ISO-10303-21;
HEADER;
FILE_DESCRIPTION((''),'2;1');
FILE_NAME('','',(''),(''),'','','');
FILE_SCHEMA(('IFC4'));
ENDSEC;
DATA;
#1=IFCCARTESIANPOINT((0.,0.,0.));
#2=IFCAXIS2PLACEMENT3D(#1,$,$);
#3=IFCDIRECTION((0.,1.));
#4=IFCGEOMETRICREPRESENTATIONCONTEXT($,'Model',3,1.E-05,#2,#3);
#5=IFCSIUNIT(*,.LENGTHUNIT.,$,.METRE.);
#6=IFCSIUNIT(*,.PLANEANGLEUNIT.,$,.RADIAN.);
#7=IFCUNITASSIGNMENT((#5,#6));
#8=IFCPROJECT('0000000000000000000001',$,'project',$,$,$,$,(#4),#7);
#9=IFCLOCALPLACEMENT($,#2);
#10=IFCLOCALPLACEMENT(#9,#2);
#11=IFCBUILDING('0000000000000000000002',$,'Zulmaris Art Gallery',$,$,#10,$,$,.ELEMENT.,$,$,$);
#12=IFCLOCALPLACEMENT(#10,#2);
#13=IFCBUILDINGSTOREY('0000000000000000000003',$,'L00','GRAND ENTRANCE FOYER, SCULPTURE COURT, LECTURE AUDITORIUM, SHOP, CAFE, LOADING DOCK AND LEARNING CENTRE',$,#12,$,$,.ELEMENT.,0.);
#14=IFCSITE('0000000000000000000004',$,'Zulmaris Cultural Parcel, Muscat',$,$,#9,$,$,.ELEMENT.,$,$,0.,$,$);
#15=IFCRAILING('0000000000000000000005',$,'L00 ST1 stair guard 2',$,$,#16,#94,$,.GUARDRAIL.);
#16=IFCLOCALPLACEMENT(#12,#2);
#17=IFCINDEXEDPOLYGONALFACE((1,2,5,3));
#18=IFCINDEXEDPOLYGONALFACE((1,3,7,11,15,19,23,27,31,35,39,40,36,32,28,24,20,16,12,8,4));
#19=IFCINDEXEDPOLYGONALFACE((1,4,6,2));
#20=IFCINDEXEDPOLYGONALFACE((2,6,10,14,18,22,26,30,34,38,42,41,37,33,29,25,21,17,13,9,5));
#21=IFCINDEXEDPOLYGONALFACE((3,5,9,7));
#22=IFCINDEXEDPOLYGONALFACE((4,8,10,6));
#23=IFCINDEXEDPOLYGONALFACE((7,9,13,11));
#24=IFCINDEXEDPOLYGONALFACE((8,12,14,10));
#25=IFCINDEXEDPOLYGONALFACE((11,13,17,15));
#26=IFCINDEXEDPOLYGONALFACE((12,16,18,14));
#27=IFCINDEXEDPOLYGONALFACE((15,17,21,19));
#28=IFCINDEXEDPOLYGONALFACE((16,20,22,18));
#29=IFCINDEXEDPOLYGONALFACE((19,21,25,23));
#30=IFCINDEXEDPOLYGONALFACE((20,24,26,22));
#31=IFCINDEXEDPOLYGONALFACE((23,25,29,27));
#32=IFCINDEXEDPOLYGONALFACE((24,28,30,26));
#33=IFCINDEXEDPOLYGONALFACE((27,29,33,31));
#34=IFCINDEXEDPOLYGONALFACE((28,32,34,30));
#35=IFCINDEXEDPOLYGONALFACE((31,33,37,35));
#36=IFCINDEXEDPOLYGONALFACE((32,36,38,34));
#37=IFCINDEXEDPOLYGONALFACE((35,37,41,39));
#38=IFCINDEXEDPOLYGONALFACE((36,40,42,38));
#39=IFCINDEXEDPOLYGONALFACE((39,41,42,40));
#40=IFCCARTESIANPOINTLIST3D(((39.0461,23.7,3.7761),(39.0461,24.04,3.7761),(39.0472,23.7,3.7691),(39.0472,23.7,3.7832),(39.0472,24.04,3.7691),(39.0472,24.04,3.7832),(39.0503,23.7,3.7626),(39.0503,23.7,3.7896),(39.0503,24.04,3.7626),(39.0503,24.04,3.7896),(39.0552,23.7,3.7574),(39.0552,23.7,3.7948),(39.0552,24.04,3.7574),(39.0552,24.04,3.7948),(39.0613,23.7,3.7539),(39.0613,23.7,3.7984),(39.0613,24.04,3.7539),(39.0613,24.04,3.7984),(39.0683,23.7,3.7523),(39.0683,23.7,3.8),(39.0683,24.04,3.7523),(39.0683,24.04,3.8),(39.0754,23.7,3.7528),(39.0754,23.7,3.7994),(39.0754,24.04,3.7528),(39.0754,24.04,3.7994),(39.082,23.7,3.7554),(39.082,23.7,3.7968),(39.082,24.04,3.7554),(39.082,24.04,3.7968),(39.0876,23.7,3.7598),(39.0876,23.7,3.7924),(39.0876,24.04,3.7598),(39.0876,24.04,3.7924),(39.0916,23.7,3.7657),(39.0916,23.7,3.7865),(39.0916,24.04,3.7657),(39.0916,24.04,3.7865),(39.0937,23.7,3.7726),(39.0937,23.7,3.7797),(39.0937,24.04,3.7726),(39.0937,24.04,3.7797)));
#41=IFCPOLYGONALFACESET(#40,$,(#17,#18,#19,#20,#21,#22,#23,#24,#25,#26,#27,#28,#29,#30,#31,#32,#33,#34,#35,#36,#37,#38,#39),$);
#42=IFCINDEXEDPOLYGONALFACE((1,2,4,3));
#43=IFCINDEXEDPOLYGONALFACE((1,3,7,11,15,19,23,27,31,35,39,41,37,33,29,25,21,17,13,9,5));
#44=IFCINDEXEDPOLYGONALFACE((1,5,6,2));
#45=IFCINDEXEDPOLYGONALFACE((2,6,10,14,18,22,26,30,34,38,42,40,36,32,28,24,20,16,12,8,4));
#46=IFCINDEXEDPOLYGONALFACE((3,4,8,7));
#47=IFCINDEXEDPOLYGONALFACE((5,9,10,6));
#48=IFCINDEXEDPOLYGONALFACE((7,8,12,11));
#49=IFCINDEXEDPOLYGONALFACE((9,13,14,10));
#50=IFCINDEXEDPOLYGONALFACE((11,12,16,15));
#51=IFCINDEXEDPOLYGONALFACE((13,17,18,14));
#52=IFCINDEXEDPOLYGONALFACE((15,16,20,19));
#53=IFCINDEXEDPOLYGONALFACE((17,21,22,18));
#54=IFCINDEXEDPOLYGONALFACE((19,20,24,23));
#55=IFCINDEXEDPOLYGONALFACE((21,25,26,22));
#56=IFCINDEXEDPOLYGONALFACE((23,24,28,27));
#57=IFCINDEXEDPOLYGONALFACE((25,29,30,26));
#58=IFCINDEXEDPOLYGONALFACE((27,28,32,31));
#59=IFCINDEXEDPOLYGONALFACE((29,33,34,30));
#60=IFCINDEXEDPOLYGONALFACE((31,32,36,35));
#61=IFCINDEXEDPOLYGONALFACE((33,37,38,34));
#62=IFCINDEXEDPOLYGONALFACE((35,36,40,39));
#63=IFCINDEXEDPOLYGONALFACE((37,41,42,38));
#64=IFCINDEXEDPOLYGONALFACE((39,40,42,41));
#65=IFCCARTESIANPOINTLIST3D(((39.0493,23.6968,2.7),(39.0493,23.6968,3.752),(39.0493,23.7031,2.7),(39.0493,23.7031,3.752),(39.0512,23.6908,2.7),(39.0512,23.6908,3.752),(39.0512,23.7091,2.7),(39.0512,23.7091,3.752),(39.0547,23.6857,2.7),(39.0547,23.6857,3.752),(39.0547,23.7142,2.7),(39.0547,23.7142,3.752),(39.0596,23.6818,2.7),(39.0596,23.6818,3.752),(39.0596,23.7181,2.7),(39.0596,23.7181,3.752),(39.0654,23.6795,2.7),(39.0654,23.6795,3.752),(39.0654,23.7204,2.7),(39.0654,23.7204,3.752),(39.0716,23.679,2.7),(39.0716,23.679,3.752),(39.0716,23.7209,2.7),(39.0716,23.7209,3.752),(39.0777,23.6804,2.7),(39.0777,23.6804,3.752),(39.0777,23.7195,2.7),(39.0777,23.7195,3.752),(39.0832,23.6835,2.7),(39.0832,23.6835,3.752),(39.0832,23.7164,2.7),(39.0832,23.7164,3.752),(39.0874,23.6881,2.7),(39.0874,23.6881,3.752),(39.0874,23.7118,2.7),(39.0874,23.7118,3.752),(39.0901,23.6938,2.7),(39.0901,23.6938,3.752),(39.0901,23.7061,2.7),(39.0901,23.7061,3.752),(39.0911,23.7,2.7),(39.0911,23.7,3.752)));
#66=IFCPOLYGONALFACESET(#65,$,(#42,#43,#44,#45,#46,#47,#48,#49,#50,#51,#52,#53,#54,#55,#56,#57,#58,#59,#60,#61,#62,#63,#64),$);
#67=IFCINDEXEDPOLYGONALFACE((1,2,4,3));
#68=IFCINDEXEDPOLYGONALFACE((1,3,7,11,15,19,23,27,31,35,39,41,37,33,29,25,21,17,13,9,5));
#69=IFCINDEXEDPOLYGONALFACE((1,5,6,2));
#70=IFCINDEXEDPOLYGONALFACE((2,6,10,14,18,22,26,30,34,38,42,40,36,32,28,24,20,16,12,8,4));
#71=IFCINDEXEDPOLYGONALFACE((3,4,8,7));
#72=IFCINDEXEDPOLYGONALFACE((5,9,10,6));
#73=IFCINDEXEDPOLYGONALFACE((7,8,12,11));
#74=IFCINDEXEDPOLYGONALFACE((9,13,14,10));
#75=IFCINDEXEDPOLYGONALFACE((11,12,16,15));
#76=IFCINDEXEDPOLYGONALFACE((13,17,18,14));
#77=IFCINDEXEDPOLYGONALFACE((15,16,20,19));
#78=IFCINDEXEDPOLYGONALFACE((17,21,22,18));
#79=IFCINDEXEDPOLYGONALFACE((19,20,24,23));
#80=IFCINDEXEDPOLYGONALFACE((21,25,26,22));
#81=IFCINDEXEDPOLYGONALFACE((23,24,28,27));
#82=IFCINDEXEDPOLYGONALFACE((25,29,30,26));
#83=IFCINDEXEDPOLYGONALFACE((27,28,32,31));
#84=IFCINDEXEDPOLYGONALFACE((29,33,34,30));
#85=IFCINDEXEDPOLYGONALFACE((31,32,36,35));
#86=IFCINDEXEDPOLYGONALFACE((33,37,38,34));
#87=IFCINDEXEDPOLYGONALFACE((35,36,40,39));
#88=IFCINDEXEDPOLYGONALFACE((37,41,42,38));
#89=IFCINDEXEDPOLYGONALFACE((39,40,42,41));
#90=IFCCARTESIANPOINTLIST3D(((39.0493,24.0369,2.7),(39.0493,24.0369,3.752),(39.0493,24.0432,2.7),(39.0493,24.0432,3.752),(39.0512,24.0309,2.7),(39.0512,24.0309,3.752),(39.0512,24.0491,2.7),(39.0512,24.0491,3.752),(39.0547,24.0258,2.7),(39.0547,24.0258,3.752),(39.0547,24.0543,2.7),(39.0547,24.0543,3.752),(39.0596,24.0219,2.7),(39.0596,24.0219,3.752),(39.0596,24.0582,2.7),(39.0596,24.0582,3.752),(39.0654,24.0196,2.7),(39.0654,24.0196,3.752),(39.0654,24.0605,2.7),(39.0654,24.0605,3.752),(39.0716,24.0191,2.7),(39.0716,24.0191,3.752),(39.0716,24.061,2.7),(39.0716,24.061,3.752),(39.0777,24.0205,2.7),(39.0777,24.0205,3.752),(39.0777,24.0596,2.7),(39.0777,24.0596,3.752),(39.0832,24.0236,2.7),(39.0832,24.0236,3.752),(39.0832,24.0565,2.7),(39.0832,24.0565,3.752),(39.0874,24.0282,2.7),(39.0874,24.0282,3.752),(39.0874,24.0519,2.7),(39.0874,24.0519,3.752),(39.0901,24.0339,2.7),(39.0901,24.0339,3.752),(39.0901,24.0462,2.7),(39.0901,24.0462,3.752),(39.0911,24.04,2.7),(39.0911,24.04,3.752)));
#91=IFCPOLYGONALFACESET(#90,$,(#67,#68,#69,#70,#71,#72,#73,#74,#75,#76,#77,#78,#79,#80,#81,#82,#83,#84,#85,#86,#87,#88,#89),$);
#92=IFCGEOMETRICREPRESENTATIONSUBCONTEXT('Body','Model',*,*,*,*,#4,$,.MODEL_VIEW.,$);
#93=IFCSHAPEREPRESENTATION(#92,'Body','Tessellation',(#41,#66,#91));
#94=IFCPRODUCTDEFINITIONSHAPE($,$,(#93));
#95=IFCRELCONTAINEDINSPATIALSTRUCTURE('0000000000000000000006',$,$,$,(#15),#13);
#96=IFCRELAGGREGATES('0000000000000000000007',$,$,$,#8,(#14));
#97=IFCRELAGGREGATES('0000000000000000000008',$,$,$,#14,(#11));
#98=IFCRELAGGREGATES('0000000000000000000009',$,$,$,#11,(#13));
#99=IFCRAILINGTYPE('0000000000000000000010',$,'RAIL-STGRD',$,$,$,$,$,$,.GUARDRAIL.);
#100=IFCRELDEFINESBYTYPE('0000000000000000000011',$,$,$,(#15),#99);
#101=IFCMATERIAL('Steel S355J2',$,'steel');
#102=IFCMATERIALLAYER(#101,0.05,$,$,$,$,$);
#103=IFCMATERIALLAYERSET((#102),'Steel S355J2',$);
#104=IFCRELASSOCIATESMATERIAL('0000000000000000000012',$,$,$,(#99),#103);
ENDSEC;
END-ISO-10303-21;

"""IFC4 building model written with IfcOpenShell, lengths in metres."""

from ifc_helpers import new_model, si_unit, direction, frame, origin, origin_2d, place, context, subcontext, project, spatial, circle, extrude, material, layer, layer_set, type_object, element, save


model = new_model("IFC4")

# Units and contexts
model_context = context("Model", 3, precision=1e-05, world=origin(), true_north=direction((0.0, 1.0)))
body_context = subcontext(model_context, "Body", "Model", "MODEL_VIEW")
ifc_project = project(units=[si_unit("LENGTHUNIT", "METRE"), si_unit("PLANEANGLEUNIT", "RADIAN")], contexts=[model_context])

# Site, building, storey
site_placement = place(None, origin())
site = spatial("IfcSite", under=ifc_project, at=site_placement, Name="Zulmaris Cultural Parcel, Muscat", CompositionType="ELEMENT", RefElevation=0.0)
building_placement = place(site_placement, origin())
building = spatial("IfcBuilding", under=site, at=building_placement, Name="Zulmaris Art Gallery", CompositionType="ELEMENT")
storey_placement = place(building_placement, origin())
storey = spatial("IfcBuildingStorey", under=building, at=storey_placement, Name="L00", Description="GRAND ENTRANCE FOYER, SCULPTURE COURT, LECTURE AUDITORIUM, SHOP, CAFE, LOADING DOCK AND LEARNING CENTRE", CompositionType="ELEMENT", Elevation=0.0)

# Shared definitions
ifc_material_1 = material(Name="Steel S355J2", Category="steel")

# Railing
ifc_layer_1 = layer(ifc_material_1, 0.05)
ifc_layer_set_1 = layer_set([ifc_layer_1], Name="Steel S355J2")
railing_type_1 = type_object("IfcRailingType", Name="RAIL-STGRD", PredefinedType="GUARDRAIL", material=ifc_layer_set_1)
railing_1_placement = place(storey_placement, frame((39.0701, 23.7, 2.7)))
element("IfcRailing", 1, at=railing_1_placement, inside=storey, type_object=railing_type_1, Name="L00 ST1 stair guard 2", PredefinedType="GUARDRAIL", context=body_context, shape_type="SweptSolid", body=[
    extrude(circle(Radius=0.0239, at=origin_2d()), frame((0.0, 0.0, 1.0762), z_axis=(0.0, 1.0, 0.0), x_axis=(-1.0, 0.0, 0.0)), (0.0, 0.0, 1.0), 0.3401),
    extrude(circle(Radius=0.021, at=origin_2d()), origin(), (0.0, 0.0, 1.0), 1.052),
    extrude(circle(Radius=0.021, at=origin_2d()), frame((0.0, 0.3401, 0.0)), (0.0, 0.0, 1.0), 1.052),
])

save(model, "model.ifc")
